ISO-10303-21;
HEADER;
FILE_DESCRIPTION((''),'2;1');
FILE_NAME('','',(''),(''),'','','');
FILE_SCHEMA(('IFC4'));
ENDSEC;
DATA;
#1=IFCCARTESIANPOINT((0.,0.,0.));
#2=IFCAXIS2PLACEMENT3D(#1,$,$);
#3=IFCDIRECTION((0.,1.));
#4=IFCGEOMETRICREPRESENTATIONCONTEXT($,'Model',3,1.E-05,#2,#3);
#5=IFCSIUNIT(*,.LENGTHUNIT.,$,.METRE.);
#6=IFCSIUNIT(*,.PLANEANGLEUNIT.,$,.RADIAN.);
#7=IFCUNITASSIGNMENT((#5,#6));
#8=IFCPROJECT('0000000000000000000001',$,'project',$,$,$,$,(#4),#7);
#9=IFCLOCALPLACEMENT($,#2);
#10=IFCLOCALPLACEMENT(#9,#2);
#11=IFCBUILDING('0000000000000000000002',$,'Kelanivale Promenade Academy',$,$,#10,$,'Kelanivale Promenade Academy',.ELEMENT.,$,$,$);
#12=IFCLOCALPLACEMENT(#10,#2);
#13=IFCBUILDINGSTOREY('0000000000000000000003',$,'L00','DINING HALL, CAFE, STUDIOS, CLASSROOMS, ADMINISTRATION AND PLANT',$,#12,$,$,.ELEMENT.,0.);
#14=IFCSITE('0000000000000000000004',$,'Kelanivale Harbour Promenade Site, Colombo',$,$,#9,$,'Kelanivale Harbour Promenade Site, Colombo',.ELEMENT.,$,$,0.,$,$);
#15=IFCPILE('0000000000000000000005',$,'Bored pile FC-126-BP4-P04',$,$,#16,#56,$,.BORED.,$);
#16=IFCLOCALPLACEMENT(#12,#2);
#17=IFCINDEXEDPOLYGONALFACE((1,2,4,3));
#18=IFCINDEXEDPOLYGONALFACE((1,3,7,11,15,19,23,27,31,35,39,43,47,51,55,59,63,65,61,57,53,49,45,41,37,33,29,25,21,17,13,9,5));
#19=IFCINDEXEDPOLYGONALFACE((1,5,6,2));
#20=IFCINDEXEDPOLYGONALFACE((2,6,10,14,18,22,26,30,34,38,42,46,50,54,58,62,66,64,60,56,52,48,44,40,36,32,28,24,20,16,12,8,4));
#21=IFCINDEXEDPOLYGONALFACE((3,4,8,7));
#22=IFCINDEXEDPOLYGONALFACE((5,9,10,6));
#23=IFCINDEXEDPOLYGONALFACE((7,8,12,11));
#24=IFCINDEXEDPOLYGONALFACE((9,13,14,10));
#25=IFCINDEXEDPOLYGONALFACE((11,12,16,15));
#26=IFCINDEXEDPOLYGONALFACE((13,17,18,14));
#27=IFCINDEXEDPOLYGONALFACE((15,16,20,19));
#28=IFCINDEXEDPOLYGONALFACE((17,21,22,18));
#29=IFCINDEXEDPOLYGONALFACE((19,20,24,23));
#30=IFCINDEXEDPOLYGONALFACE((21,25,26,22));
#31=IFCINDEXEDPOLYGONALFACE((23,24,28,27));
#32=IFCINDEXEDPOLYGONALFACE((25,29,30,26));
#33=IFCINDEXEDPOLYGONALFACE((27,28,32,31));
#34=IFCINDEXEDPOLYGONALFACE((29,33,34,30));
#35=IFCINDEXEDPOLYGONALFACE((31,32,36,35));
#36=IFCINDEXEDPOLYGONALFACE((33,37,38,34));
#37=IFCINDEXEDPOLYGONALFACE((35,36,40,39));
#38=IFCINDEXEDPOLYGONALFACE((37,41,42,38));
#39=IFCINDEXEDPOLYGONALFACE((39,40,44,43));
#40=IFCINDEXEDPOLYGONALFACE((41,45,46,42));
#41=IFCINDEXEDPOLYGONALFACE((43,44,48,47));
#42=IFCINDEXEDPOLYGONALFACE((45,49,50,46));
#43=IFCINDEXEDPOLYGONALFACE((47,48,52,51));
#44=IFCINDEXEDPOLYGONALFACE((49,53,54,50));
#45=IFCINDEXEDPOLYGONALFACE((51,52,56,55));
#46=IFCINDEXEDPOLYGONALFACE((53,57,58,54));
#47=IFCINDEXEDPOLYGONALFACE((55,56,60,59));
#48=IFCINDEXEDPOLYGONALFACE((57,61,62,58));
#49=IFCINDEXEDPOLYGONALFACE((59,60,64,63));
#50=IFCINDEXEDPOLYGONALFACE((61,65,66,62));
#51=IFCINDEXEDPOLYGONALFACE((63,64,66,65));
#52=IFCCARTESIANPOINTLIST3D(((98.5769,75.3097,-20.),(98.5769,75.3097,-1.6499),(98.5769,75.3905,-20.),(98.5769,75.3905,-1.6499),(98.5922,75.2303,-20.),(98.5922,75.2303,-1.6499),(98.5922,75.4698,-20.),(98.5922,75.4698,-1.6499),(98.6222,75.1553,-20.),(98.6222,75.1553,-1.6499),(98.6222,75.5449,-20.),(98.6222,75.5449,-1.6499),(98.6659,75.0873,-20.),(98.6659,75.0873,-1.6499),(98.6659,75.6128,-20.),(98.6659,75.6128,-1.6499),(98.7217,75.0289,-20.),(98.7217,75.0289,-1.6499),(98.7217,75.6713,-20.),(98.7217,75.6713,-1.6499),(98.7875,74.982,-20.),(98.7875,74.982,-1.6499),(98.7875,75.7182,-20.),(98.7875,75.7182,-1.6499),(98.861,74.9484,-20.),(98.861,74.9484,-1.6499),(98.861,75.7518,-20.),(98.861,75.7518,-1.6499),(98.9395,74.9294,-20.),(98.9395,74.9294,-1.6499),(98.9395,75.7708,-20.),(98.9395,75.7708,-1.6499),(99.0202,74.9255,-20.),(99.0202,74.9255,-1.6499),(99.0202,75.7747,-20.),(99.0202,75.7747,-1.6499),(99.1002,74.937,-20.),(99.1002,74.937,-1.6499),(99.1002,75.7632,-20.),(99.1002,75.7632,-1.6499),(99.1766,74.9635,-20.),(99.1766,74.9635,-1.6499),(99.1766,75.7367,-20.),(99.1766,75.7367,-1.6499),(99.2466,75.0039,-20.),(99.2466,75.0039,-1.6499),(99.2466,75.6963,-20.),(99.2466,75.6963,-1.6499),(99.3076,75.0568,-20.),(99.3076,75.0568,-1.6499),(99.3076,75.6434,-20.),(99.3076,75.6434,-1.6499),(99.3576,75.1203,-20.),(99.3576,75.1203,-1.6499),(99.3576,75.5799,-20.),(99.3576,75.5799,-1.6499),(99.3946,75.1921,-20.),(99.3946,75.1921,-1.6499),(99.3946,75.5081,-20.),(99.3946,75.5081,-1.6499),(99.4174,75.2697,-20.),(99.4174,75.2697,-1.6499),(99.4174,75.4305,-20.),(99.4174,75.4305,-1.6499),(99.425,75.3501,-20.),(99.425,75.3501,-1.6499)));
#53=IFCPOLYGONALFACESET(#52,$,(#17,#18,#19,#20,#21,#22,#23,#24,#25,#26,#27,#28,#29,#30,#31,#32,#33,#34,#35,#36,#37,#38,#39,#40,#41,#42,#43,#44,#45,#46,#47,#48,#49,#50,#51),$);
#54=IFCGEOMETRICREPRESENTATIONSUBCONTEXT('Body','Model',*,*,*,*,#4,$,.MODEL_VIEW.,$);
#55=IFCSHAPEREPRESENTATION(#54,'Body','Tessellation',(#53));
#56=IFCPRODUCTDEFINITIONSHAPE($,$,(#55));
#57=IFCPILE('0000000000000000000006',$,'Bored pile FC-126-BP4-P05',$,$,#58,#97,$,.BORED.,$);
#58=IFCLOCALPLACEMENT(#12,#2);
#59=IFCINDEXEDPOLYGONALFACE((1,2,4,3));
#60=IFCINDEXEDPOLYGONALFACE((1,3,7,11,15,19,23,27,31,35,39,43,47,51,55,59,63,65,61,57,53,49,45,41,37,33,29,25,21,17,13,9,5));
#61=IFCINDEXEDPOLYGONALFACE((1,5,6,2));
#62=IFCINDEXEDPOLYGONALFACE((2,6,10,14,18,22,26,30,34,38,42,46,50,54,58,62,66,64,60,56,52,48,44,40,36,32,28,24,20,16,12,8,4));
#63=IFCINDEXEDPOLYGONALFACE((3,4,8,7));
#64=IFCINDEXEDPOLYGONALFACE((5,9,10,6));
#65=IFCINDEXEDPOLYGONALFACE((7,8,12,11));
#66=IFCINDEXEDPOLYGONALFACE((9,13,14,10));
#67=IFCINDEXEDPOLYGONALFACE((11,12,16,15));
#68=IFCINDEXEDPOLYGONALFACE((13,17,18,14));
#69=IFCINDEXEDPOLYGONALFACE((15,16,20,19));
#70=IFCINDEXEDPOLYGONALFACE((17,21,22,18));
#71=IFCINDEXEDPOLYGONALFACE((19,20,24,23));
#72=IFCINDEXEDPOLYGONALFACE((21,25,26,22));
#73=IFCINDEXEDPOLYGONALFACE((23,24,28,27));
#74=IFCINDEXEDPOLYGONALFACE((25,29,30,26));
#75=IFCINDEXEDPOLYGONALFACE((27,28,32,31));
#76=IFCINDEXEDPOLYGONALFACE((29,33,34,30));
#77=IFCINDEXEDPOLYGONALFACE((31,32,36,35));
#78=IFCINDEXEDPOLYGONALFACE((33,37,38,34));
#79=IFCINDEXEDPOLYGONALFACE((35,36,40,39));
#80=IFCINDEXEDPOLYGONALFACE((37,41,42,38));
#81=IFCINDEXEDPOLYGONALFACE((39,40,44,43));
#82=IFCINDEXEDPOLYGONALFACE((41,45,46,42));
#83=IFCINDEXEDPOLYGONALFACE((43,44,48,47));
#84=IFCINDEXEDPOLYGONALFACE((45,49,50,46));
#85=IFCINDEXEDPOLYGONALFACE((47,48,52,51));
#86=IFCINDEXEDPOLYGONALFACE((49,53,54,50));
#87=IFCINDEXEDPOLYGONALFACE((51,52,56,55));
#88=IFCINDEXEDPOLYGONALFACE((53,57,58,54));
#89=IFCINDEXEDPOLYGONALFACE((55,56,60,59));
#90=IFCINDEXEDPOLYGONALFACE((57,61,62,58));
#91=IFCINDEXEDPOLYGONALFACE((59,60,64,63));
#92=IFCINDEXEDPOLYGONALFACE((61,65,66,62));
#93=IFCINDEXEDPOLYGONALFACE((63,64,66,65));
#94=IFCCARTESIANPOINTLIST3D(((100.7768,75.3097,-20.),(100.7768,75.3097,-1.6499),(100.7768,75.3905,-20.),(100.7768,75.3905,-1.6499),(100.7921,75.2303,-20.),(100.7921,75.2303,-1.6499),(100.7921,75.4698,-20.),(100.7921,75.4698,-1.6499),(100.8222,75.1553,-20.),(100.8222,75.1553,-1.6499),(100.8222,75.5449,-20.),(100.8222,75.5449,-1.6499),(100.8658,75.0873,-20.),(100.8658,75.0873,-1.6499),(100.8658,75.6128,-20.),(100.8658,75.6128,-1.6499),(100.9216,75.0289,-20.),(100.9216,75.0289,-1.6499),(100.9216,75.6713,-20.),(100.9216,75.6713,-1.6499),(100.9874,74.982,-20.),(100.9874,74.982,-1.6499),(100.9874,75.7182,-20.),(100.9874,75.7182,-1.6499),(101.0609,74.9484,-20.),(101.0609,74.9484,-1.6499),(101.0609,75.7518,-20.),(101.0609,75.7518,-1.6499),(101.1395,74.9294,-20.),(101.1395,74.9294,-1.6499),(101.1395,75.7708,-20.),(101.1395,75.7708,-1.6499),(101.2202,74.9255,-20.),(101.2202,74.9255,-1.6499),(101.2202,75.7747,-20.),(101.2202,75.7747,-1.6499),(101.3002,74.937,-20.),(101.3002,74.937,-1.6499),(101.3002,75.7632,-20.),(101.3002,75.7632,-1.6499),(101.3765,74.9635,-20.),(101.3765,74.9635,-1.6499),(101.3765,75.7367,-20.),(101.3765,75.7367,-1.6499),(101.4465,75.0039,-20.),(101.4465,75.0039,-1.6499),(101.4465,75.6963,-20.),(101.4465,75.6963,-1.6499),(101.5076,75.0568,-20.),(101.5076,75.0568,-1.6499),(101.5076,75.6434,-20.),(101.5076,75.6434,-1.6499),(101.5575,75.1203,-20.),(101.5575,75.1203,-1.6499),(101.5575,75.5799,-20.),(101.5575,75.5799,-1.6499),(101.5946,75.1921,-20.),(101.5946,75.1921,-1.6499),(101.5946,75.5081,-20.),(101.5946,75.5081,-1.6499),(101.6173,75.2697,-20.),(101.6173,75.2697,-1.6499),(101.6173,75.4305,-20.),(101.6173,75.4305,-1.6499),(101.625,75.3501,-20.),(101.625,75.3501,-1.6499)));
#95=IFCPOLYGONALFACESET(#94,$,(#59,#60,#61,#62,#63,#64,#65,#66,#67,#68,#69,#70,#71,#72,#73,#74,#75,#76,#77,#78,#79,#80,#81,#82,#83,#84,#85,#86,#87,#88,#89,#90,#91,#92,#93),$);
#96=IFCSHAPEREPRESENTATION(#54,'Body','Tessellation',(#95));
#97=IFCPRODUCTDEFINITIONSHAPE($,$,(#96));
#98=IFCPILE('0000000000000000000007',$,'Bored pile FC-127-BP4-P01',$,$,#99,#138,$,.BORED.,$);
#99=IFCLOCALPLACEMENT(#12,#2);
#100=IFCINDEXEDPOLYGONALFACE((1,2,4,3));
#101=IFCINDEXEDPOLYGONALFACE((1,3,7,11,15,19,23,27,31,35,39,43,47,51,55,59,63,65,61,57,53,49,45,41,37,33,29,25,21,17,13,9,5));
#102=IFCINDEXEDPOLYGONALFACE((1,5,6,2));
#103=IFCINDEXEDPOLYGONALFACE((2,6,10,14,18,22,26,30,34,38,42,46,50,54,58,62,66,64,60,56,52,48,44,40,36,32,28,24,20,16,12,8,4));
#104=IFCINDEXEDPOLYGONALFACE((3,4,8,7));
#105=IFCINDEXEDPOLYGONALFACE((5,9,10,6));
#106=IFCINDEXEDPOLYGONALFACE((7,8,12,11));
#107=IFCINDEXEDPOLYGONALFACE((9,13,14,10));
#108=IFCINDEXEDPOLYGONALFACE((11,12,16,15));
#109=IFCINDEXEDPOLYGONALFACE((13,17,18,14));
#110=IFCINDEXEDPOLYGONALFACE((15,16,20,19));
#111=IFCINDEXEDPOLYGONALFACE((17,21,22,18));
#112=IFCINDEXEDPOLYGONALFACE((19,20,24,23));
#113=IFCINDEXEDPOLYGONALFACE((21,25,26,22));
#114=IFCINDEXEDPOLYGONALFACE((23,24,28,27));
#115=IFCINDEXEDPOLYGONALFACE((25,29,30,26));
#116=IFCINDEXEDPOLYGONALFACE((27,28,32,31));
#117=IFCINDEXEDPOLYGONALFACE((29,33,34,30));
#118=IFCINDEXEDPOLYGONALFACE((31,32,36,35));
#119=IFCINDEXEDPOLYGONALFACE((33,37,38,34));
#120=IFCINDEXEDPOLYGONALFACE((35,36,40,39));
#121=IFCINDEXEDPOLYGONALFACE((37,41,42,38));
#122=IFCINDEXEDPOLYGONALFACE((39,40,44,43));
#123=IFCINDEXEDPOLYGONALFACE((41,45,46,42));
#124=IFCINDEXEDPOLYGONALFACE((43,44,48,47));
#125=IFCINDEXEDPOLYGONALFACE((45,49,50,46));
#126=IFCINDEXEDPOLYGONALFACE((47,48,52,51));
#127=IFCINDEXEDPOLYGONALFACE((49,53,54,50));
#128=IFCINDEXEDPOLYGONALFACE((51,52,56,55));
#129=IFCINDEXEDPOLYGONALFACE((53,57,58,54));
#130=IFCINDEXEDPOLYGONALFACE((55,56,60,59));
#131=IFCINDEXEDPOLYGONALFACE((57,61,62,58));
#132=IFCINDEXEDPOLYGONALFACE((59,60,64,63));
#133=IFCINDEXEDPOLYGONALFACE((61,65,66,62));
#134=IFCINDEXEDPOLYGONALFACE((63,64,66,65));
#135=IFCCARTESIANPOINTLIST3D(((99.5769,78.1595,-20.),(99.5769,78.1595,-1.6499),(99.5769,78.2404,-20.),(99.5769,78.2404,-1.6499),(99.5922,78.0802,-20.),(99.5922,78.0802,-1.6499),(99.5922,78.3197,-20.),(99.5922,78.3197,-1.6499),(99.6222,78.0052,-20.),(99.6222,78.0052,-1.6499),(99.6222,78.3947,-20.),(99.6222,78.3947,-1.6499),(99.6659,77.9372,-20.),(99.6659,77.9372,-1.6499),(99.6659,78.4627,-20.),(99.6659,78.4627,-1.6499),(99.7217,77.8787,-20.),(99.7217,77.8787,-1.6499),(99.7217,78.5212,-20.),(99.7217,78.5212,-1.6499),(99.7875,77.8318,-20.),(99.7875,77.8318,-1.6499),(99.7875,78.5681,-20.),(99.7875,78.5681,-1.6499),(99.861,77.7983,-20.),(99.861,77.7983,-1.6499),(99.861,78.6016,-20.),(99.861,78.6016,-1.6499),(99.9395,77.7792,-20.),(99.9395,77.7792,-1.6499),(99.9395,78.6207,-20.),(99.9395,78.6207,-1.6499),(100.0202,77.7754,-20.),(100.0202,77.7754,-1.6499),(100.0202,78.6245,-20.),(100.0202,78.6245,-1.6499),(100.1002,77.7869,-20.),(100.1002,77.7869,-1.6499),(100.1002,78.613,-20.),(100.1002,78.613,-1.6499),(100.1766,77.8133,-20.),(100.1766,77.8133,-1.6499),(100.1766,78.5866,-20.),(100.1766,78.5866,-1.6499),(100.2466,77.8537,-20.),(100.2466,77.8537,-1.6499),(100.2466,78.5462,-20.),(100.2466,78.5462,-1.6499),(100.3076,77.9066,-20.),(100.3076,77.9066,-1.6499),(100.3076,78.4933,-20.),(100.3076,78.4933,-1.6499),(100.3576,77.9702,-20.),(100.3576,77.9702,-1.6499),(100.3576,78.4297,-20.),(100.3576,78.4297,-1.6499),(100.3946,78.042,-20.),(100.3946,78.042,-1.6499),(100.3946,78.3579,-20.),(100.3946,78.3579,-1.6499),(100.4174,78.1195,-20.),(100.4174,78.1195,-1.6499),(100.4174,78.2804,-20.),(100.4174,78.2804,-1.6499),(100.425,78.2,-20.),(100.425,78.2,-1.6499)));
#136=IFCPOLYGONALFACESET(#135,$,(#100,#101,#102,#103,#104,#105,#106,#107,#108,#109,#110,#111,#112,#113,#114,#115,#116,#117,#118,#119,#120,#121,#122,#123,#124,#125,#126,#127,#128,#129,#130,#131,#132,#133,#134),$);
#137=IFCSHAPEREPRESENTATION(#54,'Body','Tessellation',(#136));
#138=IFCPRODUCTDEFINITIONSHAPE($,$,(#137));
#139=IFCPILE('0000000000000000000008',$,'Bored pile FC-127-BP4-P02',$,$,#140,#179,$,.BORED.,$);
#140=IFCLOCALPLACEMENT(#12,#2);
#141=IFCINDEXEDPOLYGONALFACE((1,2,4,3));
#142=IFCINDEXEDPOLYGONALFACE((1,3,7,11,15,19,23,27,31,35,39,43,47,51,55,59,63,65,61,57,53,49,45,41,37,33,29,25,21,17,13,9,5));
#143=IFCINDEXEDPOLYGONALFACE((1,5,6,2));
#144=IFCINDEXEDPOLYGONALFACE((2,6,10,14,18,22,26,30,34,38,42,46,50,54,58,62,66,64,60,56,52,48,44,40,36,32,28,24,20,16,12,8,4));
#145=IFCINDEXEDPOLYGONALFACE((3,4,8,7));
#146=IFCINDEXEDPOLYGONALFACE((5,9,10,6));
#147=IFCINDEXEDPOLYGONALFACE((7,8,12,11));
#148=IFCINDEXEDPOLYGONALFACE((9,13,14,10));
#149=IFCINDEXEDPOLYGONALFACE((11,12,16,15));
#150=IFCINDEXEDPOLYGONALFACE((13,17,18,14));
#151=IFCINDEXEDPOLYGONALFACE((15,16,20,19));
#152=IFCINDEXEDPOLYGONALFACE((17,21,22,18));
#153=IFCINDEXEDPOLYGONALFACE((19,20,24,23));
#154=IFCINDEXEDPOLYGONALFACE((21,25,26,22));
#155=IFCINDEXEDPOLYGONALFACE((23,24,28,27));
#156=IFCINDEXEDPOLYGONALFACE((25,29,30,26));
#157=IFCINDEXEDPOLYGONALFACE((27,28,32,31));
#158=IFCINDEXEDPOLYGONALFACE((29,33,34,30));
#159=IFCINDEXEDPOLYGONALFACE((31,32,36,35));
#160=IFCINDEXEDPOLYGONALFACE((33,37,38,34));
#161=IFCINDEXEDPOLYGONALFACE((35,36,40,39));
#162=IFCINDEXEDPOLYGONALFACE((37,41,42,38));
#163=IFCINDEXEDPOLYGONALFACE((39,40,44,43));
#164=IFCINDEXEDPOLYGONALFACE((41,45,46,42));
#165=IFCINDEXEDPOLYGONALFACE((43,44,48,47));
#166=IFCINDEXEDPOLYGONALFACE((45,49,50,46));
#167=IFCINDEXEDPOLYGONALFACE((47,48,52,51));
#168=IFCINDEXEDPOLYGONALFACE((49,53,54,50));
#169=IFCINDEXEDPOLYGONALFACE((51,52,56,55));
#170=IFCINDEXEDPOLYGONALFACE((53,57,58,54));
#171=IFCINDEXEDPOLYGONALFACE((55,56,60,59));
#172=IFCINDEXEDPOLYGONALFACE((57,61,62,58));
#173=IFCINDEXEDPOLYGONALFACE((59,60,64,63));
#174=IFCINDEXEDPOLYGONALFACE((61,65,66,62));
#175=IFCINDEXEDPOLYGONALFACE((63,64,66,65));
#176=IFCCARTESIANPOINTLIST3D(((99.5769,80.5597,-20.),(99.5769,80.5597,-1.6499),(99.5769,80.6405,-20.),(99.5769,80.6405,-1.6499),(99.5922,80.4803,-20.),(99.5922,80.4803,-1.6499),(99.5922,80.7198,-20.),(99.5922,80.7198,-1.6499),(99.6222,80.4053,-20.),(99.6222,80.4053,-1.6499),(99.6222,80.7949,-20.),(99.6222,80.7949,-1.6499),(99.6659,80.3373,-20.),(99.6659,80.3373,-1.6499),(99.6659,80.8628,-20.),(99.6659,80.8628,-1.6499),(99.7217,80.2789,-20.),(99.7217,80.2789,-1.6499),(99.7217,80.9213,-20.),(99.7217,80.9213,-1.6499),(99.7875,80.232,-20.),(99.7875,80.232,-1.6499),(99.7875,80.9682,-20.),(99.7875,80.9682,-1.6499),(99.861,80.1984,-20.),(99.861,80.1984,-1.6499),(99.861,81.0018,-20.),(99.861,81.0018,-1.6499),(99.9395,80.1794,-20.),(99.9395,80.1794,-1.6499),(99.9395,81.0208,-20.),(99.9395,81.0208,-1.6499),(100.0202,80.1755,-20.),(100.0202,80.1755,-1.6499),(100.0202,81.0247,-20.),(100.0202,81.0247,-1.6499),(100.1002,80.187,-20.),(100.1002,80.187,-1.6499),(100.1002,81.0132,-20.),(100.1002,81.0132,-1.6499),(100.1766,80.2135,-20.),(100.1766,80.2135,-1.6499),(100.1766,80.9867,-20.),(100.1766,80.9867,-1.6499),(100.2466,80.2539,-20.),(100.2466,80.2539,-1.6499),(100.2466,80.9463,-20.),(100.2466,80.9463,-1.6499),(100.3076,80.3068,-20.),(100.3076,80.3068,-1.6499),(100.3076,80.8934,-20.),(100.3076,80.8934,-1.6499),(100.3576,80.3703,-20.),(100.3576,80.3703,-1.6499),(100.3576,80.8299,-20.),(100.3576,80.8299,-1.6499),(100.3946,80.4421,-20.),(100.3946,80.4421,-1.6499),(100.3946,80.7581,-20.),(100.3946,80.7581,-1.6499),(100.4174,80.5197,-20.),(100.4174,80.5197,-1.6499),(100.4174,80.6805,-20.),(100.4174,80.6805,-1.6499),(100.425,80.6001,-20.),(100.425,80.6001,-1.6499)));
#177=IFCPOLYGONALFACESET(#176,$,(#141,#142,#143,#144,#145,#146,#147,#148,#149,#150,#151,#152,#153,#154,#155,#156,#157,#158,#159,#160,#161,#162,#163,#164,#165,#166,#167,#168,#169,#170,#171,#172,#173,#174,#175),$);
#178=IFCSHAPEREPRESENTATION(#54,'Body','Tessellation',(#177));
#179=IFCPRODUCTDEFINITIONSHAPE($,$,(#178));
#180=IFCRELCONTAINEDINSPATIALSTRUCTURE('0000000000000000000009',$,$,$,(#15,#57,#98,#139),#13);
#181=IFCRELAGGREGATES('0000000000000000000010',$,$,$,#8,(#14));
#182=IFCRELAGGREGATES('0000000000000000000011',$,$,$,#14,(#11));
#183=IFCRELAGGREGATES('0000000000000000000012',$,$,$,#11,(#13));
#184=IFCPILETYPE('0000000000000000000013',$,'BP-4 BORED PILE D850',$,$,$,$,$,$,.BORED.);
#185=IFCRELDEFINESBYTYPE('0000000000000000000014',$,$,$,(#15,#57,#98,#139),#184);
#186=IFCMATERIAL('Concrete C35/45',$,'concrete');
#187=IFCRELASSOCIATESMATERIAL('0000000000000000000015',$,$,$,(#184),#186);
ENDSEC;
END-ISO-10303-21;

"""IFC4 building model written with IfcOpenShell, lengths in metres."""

from ifc_helpers import new_model, si_unit, direction, frame, origin, origin_2d, place, context, subcontext, project, spatial, circle, extrude, material, material_profile, profile_set, type_object, element, save


model = new_model("IFC4")

# Units and contexts
model_context = context("Model", 3, precision=1e-05, world=origin(), true_north=direction((0.0, 1.0)))
body_context = subcontext(model_context, "Body", "Model", "MODEL_VIEW")
ifc_project = project(units=[si_unit("LENGTHUNIT", "METRE"), si_unit("PLANEANGLEUNIT", "RADIAN")], contexts=[model_context])

# Site, building, storey
site_placement = place(None, origin())
site = spatial("IfcSite", under=ifc_project, at=site_placement, Name="Kelanivale Harbour Promenade Site, Colombo", LongName="Kelanivale Harbour Promenade Site, Colombo", CompositionType="ELEMENT", RefElevation=0.0)
building_placement = place(site_placement, origin())
building = spatial("IfcBuilding", under=site, at=building_placement, Name="Kelanivale Promenade Academy", LongName="Kelanivale Promenade Academy", CompositionType="ELEMENT")
storey_placement = place(building_placement, origin())
storey = spatial("IfcBuildingStorey", under=building, at=storey_placement, Name="L00", Description="DINING HALL, CAFE, STUDIOS, CLASSROOMS, ADMINISTRATION AND PLANT", CompositionType="ELEMENT", Elevation=0.0)

# Piles
ifc_material_1 = material(Name="Concrete C35/45", Category="concrete")
ifc_material_profile_1 = material_profile(ifc_material_1, circle(Radius=0.425, at=origin_2d()), Name="BORED PILE D850")
ifc_profile_set_1 = profile_set([ifc_material_profile_1], Name="Concrete C35/45")
pile_type_1 = type_object("IfcPileType", Name="BP-4 BORED PILE D850", PredefinedType="BORED", material=ifc_profile_set_1)
for number, where, z_axis, x_axis, name in (
    (1, (99.0, 75.3501, -1.6499), (0.0, 0.0, -1.0), (1.0, 0.0, 0.0), "Bored pile FC-126-BP4-P04"),
    (2, (101.2, 75.3501, -1.6499), (0.0, 0.0, -1.0), (1.0, 0.0, 0.0), "Bored pile FC-126-BP4-P05"),
    (3, (100.0, 78.2, -1.6499), (0.0, 0.0, -1.0), (1.0, 0.0, 0.0), "Bored pile FC-127-BP4-P01"),
    (4, (100.0, 80.6001, -1.6499), (0.0, 0.0, -1.0), (1.0, 0.0, 0.0), "Bored pile FC-127-BP4-P02"),
):
    element("IfcPile", number, at=place(storey_placement, frame(where, z_axis=z_axis, x_axis=x_axis)), inside=storey, type_object=pile_type_1, Name=name, PredefinedType="BORED", context=body_context, shape_type="SweptSolid", body=[
        extrude(circle(Radius=0.425, at=origin_2d()), origin(), (0.0, 0.0, 1.0), 18.3501),
    ])

save(model, "model.ifc")
